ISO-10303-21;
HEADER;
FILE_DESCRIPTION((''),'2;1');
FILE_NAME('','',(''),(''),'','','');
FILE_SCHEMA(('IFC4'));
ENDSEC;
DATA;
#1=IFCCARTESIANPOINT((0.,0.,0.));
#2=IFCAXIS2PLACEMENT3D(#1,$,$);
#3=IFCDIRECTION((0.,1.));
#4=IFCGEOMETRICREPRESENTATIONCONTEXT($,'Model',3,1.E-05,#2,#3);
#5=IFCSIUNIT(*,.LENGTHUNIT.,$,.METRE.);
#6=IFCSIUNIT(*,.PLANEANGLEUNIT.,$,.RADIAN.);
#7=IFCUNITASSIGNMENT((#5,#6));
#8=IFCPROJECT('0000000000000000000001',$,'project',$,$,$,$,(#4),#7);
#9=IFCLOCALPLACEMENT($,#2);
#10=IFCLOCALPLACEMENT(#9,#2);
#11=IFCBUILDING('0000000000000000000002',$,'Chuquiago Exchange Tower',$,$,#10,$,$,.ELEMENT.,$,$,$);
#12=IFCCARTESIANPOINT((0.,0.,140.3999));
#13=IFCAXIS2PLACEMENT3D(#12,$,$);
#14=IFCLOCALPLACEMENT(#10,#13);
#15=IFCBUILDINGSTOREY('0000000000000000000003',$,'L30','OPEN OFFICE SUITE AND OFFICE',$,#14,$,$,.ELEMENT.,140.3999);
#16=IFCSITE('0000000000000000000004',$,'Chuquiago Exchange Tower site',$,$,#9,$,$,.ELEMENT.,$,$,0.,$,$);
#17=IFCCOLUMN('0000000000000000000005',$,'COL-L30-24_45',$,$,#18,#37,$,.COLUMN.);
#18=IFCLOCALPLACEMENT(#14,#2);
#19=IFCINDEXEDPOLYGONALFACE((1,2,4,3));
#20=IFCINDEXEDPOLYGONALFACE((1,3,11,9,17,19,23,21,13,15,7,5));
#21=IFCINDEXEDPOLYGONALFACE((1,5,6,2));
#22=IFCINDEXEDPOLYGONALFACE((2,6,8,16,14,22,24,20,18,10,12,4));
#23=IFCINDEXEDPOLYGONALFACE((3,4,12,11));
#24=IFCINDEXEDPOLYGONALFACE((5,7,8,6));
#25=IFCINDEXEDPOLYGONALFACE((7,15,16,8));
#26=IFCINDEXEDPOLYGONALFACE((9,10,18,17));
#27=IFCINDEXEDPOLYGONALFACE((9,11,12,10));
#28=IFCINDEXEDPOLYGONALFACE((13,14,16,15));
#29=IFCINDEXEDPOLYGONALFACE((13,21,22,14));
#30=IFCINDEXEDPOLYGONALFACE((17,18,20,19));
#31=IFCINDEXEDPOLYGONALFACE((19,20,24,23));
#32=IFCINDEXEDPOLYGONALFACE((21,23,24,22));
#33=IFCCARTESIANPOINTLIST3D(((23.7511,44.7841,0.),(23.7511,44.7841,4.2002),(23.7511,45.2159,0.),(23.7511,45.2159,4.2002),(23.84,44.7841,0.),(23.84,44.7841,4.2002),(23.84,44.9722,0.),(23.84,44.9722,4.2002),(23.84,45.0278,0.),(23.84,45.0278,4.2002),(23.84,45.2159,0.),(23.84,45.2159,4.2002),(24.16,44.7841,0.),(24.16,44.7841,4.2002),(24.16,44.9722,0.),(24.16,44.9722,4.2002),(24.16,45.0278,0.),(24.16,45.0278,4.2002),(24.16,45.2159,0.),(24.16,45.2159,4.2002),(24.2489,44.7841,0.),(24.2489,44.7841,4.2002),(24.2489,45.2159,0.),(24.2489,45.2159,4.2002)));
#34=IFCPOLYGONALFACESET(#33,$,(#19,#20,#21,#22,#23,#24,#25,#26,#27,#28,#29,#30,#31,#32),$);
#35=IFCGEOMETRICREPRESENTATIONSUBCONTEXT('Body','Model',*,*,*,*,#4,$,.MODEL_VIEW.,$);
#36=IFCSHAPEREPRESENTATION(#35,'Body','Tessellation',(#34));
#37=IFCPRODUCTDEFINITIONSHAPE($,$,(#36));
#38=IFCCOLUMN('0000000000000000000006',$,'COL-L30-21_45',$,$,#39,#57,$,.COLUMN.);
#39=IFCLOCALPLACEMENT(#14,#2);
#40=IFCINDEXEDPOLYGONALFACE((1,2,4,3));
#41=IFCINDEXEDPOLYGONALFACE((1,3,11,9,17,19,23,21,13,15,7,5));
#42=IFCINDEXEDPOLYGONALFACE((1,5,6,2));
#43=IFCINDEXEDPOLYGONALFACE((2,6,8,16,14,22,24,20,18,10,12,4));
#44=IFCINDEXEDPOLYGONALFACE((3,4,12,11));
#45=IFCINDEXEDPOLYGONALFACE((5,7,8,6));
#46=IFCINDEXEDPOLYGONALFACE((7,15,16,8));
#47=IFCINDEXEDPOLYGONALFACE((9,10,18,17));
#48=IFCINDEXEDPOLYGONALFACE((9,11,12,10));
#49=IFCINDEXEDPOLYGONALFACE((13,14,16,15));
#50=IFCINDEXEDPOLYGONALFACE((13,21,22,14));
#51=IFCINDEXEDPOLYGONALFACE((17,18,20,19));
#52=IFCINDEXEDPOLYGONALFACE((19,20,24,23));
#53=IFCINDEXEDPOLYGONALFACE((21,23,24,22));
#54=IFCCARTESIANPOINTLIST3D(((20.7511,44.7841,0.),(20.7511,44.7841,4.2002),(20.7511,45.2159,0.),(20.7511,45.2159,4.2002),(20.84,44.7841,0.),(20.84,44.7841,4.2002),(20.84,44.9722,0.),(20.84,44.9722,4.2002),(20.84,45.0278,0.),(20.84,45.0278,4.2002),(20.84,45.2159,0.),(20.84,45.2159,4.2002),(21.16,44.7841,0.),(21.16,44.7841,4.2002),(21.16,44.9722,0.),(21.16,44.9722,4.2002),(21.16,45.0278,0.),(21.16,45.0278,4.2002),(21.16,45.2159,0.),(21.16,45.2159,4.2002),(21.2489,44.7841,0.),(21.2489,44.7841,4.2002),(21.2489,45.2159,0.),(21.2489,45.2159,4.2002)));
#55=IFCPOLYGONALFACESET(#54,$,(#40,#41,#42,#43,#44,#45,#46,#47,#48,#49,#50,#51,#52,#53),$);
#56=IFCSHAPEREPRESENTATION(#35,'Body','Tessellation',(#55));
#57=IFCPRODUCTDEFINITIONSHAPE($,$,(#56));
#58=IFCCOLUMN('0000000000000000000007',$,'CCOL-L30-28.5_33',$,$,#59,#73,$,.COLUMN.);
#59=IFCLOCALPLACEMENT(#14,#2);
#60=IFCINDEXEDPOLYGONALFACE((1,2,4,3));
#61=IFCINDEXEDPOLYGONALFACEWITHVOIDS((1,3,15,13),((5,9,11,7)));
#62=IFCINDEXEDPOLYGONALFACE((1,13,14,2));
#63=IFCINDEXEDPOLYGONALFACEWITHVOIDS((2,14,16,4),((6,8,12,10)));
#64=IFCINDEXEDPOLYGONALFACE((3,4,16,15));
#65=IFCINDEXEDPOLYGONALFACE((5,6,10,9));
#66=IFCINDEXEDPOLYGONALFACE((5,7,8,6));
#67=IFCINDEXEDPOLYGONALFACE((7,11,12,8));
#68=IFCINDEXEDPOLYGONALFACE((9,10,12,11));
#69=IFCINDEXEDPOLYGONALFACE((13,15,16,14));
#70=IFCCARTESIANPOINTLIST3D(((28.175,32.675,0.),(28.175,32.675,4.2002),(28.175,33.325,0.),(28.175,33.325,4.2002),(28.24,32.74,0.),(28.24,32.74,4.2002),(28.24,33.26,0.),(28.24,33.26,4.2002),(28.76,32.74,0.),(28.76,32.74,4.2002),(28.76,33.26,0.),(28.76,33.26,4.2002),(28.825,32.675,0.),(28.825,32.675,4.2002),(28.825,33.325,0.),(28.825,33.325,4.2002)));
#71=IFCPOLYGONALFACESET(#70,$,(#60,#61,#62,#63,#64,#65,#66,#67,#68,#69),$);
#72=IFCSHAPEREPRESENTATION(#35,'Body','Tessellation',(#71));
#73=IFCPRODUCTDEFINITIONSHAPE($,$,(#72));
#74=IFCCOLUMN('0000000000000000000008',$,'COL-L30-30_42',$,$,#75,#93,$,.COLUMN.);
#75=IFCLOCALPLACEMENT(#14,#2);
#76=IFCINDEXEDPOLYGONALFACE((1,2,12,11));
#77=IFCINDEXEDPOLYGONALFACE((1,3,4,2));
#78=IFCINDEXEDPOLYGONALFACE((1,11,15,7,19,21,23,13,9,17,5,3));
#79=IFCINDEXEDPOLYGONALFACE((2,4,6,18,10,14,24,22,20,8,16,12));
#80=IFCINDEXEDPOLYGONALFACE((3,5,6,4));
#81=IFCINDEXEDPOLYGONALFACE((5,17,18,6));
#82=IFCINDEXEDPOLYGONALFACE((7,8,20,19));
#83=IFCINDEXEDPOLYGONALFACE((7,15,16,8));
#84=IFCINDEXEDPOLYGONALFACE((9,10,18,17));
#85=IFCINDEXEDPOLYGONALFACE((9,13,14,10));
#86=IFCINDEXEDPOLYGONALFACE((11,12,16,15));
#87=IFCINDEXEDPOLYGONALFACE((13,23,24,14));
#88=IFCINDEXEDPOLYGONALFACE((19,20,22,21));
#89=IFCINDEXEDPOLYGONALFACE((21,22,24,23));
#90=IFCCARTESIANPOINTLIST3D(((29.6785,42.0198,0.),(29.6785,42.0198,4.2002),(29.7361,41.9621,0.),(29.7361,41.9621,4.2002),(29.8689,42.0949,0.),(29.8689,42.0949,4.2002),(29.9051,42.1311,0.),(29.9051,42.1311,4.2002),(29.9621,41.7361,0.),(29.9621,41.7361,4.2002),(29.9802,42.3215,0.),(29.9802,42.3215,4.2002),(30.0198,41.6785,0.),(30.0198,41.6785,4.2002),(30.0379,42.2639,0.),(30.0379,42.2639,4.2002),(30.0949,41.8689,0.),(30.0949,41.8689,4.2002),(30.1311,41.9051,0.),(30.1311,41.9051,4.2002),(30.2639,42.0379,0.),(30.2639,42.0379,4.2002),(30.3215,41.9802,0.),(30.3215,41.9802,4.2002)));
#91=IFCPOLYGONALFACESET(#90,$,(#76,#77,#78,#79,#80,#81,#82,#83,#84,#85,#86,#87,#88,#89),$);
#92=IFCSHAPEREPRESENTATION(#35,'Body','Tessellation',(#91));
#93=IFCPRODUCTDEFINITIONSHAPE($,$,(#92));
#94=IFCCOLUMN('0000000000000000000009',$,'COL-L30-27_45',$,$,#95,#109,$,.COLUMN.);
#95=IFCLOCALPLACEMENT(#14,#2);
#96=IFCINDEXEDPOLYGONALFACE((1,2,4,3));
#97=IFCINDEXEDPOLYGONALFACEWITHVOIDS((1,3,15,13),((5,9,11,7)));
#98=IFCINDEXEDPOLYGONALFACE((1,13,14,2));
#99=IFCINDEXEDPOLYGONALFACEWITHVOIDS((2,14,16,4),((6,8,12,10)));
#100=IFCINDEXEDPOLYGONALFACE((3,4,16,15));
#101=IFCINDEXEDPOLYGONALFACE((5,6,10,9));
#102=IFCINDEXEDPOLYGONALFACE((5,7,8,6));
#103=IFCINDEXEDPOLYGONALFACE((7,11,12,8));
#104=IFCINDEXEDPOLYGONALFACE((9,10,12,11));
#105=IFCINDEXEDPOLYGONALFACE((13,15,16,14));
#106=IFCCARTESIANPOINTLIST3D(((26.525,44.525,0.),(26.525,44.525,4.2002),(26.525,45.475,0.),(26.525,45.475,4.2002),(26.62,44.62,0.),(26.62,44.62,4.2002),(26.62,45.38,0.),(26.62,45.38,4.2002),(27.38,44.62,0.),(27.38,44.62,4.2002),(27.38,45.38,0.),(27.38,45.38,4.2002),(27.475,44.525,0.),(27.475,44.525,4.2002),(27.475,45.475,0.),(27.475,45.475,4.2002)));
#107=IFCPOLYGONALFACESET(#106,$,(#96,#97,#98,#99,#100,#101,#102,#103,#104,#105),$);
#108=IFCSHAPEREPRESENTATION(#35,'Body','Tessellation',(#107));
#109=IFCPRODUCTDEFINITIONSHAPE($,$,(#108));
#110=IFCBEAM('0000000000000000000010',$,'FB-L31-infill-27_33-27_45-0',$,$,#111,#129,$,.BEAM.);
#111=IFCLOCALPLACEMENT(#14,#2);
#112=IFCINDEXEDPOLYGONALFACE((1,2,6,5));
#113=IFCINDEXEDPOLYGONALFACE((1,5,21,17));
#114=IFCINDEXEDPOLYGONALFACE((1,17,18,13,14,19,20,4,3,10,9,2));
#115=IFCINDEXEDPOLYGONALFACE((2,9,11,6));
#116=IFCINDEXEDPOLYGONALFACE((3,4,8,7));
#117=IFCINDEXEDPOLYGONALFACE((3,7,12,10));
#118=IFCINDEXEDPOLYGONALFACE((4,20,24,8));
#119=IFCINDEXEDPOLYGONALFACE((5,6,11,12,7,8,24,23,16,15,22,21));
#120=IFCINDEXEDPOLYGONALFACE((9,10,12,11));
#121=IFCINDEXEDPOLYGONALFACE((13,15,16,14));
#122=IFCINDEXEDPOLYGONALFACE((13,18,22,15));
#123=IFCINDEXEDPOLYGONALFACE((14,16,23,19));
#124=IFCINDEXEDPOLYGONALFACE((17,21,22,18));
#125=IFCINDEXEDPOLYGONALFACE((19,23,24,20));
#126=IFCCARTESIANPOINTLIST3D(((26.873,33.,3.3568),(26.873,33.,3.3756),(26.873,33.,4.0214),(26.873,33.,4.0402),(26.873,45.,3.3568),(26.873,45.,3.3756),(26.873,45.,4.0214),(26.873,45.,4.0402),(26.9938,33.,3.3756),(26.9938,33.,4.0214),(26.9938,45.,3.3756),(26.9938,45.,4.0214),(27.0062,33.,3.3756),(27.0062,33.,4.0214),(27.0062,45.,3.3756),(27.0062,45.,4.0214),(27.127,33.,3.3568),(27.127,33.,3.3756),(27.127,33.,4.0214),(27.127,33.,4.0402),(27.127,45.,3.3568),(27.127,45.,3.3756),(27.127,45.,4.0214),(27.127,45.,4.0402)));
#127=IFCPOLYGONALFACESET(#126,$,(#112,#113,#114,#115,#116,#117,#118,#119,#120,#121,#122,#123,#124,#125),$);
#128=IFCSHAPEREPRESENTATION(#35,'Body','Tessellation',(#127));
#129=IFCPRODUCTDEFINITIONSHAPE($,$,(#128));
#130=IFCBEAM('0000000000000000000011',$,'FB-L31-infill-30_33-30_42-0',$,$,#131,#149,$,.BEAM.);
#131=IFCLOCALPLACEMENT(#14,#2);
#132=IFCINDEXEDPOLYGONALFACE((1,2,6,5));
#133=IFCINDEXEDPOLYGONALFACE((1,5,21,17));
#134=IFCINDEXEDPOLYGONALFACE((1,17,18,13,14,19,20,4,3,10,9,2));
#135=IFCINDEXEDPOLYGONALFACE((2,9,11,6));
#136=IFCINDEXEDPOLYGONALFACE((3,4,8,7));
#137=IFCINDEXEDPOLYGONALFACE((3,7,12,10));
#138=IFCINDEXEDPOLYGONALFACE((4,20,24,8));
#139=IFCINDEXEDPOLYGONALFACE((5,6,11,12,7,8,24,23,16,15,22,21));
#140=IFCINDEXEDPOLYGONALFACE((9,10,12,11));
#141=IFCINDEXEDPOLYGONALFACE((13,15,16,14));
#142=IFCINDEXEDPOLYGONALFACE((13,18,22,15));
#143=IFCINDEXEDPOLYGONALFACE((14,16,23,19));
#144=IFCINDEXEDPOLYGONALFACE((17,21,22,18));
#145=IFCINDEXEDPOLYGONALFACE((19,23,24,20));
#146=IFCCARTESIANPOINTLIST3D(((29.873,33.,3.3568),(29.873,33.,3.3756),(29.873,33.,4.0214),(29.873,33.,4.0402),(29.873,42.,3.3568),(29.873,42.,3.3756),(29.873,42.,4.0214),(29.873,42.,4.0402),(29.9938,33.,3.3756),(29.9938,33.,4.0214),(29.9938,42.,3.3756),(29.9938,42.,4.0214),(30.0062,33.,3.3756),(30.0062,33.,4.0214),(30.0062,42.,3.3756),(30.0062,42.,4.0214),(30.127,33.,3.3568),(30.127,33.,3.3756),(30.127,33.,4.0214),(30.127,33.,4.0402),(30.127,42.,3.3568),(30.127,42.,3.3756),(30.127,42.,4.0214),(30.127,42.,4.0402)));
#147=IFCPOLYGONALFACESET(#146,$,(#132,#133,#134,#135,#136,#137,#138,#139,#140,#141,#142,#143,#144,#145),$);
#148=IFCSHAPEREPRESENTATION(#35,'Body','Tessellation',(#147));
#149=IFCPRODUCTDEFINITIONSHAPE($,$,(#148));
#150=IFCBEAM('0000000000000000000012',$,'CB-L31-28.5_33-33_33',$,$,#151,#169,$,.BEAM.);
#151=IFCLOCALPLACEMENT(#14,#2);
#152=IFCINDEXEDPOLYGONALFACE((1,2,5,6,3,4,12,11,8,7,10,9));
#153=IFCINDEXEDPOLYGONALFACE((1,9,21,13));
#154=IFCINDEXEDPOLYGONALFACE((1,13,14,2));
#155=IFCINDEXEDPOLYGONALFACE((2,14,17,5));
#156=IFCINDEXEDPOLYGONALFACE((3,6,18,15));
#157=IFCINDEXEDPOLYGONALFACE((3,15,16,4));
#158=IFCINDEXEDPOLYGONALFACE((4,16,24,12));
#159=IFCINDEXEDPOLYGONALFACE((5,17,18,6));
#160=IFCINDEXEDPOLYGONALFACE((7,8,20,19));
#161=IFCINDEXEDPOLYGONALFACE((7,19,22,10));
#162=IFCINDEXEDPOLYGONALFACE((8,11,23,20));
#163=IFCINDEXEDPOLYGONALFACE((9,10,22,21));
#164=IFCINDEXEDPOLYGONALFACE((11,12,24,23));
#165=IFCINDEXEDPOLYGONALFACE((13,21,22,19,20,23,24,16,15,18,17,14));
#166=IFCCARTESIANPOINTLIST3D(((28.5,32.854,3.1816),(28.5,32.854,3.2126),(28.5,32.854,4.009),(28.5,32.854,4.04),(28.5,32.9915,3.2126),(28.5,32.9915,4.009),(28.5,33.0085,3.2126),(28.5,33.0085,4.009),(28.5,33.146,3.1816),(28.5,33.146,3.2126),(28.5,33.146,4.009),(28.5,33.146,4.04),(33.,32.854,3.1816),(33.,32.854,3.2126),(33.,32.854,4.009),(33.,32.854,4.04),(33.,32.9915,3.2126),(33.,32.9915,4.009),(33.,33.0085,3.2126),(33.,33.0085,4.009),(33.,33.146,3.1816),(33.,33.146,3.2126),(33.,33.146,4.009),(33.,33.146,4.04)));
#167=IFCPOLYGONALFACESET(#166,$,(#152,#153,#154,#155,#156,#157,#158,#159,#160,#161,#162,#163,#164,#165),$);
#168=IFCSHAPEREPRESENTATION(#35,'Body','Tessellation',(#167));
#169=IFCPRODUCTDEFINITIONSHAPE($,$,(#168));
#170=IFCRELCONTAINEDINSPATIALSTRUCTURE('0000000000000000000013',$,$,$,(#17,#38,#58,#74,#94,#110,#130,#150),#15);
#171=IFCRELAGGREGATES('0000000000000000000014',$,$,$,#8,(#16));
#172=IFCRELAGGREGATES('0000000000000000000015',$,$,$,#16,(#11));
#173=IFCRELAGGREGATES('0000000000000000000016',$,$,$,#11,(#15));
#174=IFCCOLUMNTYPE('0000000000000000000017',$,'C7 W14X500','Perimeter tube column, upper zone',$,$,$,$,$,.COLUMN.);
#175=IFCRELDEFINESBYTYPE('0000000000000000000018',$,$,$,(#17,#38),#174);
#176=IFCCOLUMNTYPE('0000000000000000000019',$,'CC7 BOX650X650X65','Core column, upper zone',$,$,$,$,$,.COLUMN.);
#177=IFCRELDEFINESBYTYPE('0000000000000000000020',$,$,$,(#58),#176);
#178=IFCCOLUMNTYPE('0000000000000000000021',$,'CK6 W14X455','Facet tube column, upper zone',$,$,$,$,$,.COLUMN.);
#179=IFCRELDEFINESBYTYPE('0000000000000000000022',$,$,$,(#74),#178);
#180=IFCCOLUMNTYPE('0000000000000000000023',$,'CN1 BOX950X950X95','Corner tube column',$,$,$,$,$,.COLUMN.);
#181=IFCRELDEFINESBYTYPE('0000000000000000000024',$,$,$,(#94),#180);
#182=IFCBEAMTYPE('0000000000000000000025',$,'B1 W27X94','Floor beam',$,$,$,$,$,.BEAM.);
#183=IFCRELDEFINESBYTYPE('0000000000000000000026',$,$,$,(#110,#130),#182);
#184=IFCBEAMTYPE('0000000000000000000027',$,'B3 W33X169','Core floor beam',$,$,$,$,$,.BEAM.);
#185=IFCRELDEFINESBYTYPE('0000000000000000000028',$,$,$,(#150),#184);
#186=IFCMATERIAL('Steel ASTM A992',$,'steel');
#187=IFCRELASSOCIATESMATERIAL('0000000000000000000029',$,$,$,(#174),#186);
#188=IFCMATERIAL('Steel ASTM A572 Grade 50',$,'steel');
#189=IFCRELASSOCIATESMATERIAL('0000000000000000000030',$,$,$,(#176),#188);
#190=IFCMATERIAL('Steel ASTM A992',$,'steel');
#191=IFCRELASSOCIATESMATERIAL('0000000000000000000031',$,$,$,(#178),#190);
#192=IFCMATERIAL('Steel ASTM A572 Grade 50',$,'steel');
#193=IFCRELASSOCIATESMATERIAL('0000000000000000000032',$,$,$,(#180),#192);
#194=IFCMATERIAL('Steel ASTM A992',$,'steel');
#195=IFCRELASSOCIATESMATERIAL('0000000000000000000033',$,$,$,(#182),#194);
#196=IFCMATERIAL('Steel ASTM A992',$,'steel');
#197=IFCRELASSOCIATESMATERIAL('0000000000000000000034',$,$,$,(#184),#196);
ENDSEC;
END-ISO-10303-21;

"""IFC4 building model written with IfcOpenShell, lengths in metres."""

from ifc_helpers import new_model, si_unit, direction, frame, origin, origin_2d, place, context, subcontext, project, spatial, hollow_rectangle, i_section, extrude, material, material_profile, profile_set, type_object, element, save


model = new_model("IFC4")

# Units and contexts
model_context = context("Model", 3, precision=1e-05, world=origin(), true_north=direction((0.0, 1.0)))
body_context = subcontext(model_context, "Body", "Model", "MODEL_VIEW")
ifc_project = project(units=[si_unit("LENGTHUNIT", "METRE"), si_unit("PLANEANGLEUNIT", "RADIAN")], contexts=[model_context])

# Site, building, storey
site_placement = place(None, origin())
site = spatial("IfcSite", under=ifc_project, at=site_placement, Name="Chuquiago Exchange Tower site", CompositionType="ELEMENT", RefElevation=0.0)
building_placement = place(site_placement, origin())
building = spatial("IfcBuilding", under=site, at=building_placement, Name="Chuquiago Exchange Tower", CompositionType="ELEMENT")
storey_placement = place(building_placement, frame((0.0, 0.0, 140.3999)))
storey = spatial("IfcBuildingStorey", under=building, at=storey_placement, Name="L30", Description="OPEN OFFICE SUITE AND OFFICE", CompositionType="ELEMENT", Elevation=140.3999)

# Columns
ifc_material_1 = material(Name="Steel ASTM A992", Category="steel")
ifc_material_profile_1 = material_profile(ifc_material_1, i_section(OverallWidth=0.4319, OverallDepth=0.4978, WebThickness=0.0557, FlangeThickness=0.0889, at=origin_2d()), Name="W14X500")
ifc_profile_set_1 = profile_set([ifc_material_profile_1], Name="Steel ASTM A992")
column_type_1 = type_object("IfcColumnType", Name="C7 W14X500", Description="Perimeter tube column, upper zone", PredefinedType="COLUMN", material=ifc_profile_set_1)
for number, where, z_axis, x_axis, name in (
    (1, (24.0, 45.0, 0.0), (0.0, 0.0, 1.0), (0.0, 1.0, 0.0), "COL-L30-24_45"),
    (2, (21.0, 45.0, 0.0), (0.0, 0.0, 1.0), (0.0, 1.0, 0.0), "COL-L30-21_45"),
):
    element("IfcColumn", number, at=place(storey_placement, frame(where, z_axis=z_axis, x_axis=x_axis)), inside=storey, type_object=column_type_1, Name=name, PredefinedType="COLUMN", context=body_context, shape_type="SweptSolid", body=[
        extrude(i_section(OverallWidth=0.4319, OverallDepth=0.4978, WebThickness=0.0557, FlangeThickness=0.0889, at=origin_2d()), origin(), (0.0, 0.0, 1.0), 4.2002),
    ])
ifc_material_2 = material(Name="Steel ASTM A572 Grade 50", Category="steel")
ifc_material_profile_2 = material_profile(ifc_material_2, hollow_rectangle(XDim=0.6499, YDim=0.6499, WallThickness=0.0649, at=origin_2d()), Name="BOX650X650X65")
ifc_profile_set_2 = profile_set([ifc_material_profile_2], Name="Steel ASTM A572 Grade 50")
column_type_2 = type_object("IfcColumnType", Name="CC7 BOX650X650X65", Description="Core column, upper zone", PredefinedType="COLUMN", material=ifc_profile_set_2)
column_1_placement = place(storey_placement, frame((28.5, 33.0, 0.0), z_axis=(0.0, 0.0, 1.0), x_axis=(1.0, 0.0, 0.0)))
element("IfcColumn", 3, at=column_1_placement, inside=storey, type_object=column_type_2, Name="CCOL-L30-28.5_33", PredefinedType="COLUMN", context=body_context, shape_type="SweptSolid", body=[
    extrude(hollow_rectangle(XDim=0.6499, YDim=0.6499, WallThickness=0.0649, at=origin_2d()), origin(), (0.0, 0.0, 1.0), 4.2002),
])
ifc_material_3 = material(Name="Steel ASTM A992", Category="steel")
ifc_material_profile_3 = material_profile(ifc_material_3, i_section(OverallWidth=0.4268, OverallDepth=0.4827, WebThickness=0.0513, FlangeThickness=0.0815, at=origin_2d()), Name="W14X455")
ifc_profile_set_3 = profile_set([ifc_material_profile_3], Name="Steel ASTM A992")
column_type_3 = type_object("IfcColumnType", Name="CK6 W14X455", Description="Facet tube column, upper zone", PredefinedType="COLUMN", material=ifc_profile_set_3)
column_2_placement = place(storey_placement, frame((30.0, 42.0, 0.0), z_axis=(0.0, 0.0, 1.0), x_axis=(0.707107, 0.707107, 0.0)))
element("IfcColumn", 4, at=column_2_placement, inside=storey, type_object=column_type_3, Name="COL-L30-30_42", PredefinedType="COLUMN", context=body_context, shape_type="SweptSolid", body=[
    extrude(i_section(OverallWidth=0.4268, OverallDepth=0.4827, WebThickness=0.0513, FlangeThickness=0.0815, at=origin_2d()), origin(), (0.0, 0.0, 1.0), 4.2002),
])
ifc_material_4 = material(Name="Steel ASTM A572 Grade 50", Category="steel")
ifc_material_profile_4 = material_profile(ifc_material_4, hollow_rectangle(XDim=0.95, YDim=0.95, WallThickness=0.095, at=origin_2d()), Name="BOX950X950X95")
ifc_profile_set_4 = profile_set([ifc_material_profile_4], Name="Steel ASTM A572 Grade 50")
column_type_4 = type_object("IfcColumnType", Name="CN1 BOX950X950X95", Description="Corner tube column", PredefinedType="COLUMN", material=ifc_profile_set_4)
column_3_placement = place(storey_placement, frame((27.0, 45.0, 0.0), z_axis=(0.0, 0.0, 1.0), x_axis=(0.0, 1.0, 0.0)))
element("IfcColumn", 5, at=column_3_placement, inside=storey, type_object=column_type_4, Name="COL-L30-27_45", PredefinedType="COLUMN", context=body_context, shape_type="SweptSolid", body=[
    extrude(hollow_rectangle(XDim=0.95, YDim=0.95, WallThickness=0.095, at=origin_2d()), origin(), (0.0, 0.0, 1.0), 4.2002),
])

# Beams
ifc_material_5 = material(Name="Steel ASTM A992", Category="steel")
ifc_material_profile_5 = material_profile(ifc_material_5, i_section(OverallWidth=0.2539, OverallDepth=0.6833, WebThickness=0.0125, FlangeThickness=0.0188, at=origin_2d()), Name="W27X94")
ifc_profile_set_5 = profile_set([ifc_material_profile_5], Name="Steel ASTM A992")
beam_type_1 = type_object("IfcBeamType", Name="B1 W27X94", Description="Floor beam", PredefinedType="BEAM", material=ifc_profile_set_5)
beam_1_placement = place(storey_placement, frame((27.0, 33.0, 3.6985), z_axis=(0.0, 1.0, 0.0), x_axis=(-1.0, 0.0, 0.0)))
element("IfcBeam", 6, at=beam_1_placement, inside=storey, type_object=beam_type_1, Name="FB-L31-infill-27_33-27_45-0", PredefinedType="BEAM", context=body_context, shape_type="SweptSolid", body=[
    extrude(i_section(OverallWidth=0.2539, OverallDepth=0.6833, WebThickness=0.0125, FlangeThickness=0.0188, at=origin_2d()), origin(), (0.0, 0.0, 1.0), 12.0),
])
beam_2_placement = place(storey_placement, frame((30.0, 33.0, 3.6985), z_axis=(0.0, 1.0, 0.0), x_axis=(-1.0, 0.0, 0.0)))
element("IfcBeam", 7, at=beam_2_placement, inside=storey, type_object=beam_type_1, Name="FB-L31-infill-30_33-30_42-0", PredefinedType="BEAM", context=body_context, shape_type="SweptSolid", body=[
    extrude(i_section(OverallWidth=0.2539, OverallDepth=0.6833, WebThickness=0.0125, FlangeThickness=0.0188, at=origin_2d()), origin(), (0.0, 0.0, 1.0), 9.0),
])
ifc_material_6 = material(Name="Steel ASTM A992", Category="steel")
ifc_material_profile_6 = material_profile(ifc_material_6, i_section(OverallWidth=0.292, OverallDepth=0.8584, WebThickness=0.0171, FlangeThickness=0.031, at=origin_2d()), Name="W33X169")
ifc_profile_set_6 = profile_set([ifc_material_profile_6], Name="Steel ASTM A992")
beam_type_2 = type_object("IfcBeamType", Name="B3 W33X169", Description="Core floor beam", PredefinedType="BEAM", material=ifc_profile_set_6)
beam_3_placement = place(storey_placement, frame((28.5, 33.0, 3.6108), z_axis=(1.0, 0.0, 0.0), x_axis=(0.0, 1.0, 0.0)))
element("IfcBeam", 8, at=beam_3_placement, inside=storey, type_object=beam_type_2, Name="CB-L31-28.5_33-33_33", PredefinedType="BEAM", context=body_context, shape_type="SweptSolid", body=[
    extrude(i_section(OverallWidth=0.292, OverallDepth=0.8584, WebThickness=0.0171, FlangeThickness=0.031, at=origin_2d()), origin(), (0.0, 0.0, 1.0), 4.5),
])

save(model, "model.ifc")
